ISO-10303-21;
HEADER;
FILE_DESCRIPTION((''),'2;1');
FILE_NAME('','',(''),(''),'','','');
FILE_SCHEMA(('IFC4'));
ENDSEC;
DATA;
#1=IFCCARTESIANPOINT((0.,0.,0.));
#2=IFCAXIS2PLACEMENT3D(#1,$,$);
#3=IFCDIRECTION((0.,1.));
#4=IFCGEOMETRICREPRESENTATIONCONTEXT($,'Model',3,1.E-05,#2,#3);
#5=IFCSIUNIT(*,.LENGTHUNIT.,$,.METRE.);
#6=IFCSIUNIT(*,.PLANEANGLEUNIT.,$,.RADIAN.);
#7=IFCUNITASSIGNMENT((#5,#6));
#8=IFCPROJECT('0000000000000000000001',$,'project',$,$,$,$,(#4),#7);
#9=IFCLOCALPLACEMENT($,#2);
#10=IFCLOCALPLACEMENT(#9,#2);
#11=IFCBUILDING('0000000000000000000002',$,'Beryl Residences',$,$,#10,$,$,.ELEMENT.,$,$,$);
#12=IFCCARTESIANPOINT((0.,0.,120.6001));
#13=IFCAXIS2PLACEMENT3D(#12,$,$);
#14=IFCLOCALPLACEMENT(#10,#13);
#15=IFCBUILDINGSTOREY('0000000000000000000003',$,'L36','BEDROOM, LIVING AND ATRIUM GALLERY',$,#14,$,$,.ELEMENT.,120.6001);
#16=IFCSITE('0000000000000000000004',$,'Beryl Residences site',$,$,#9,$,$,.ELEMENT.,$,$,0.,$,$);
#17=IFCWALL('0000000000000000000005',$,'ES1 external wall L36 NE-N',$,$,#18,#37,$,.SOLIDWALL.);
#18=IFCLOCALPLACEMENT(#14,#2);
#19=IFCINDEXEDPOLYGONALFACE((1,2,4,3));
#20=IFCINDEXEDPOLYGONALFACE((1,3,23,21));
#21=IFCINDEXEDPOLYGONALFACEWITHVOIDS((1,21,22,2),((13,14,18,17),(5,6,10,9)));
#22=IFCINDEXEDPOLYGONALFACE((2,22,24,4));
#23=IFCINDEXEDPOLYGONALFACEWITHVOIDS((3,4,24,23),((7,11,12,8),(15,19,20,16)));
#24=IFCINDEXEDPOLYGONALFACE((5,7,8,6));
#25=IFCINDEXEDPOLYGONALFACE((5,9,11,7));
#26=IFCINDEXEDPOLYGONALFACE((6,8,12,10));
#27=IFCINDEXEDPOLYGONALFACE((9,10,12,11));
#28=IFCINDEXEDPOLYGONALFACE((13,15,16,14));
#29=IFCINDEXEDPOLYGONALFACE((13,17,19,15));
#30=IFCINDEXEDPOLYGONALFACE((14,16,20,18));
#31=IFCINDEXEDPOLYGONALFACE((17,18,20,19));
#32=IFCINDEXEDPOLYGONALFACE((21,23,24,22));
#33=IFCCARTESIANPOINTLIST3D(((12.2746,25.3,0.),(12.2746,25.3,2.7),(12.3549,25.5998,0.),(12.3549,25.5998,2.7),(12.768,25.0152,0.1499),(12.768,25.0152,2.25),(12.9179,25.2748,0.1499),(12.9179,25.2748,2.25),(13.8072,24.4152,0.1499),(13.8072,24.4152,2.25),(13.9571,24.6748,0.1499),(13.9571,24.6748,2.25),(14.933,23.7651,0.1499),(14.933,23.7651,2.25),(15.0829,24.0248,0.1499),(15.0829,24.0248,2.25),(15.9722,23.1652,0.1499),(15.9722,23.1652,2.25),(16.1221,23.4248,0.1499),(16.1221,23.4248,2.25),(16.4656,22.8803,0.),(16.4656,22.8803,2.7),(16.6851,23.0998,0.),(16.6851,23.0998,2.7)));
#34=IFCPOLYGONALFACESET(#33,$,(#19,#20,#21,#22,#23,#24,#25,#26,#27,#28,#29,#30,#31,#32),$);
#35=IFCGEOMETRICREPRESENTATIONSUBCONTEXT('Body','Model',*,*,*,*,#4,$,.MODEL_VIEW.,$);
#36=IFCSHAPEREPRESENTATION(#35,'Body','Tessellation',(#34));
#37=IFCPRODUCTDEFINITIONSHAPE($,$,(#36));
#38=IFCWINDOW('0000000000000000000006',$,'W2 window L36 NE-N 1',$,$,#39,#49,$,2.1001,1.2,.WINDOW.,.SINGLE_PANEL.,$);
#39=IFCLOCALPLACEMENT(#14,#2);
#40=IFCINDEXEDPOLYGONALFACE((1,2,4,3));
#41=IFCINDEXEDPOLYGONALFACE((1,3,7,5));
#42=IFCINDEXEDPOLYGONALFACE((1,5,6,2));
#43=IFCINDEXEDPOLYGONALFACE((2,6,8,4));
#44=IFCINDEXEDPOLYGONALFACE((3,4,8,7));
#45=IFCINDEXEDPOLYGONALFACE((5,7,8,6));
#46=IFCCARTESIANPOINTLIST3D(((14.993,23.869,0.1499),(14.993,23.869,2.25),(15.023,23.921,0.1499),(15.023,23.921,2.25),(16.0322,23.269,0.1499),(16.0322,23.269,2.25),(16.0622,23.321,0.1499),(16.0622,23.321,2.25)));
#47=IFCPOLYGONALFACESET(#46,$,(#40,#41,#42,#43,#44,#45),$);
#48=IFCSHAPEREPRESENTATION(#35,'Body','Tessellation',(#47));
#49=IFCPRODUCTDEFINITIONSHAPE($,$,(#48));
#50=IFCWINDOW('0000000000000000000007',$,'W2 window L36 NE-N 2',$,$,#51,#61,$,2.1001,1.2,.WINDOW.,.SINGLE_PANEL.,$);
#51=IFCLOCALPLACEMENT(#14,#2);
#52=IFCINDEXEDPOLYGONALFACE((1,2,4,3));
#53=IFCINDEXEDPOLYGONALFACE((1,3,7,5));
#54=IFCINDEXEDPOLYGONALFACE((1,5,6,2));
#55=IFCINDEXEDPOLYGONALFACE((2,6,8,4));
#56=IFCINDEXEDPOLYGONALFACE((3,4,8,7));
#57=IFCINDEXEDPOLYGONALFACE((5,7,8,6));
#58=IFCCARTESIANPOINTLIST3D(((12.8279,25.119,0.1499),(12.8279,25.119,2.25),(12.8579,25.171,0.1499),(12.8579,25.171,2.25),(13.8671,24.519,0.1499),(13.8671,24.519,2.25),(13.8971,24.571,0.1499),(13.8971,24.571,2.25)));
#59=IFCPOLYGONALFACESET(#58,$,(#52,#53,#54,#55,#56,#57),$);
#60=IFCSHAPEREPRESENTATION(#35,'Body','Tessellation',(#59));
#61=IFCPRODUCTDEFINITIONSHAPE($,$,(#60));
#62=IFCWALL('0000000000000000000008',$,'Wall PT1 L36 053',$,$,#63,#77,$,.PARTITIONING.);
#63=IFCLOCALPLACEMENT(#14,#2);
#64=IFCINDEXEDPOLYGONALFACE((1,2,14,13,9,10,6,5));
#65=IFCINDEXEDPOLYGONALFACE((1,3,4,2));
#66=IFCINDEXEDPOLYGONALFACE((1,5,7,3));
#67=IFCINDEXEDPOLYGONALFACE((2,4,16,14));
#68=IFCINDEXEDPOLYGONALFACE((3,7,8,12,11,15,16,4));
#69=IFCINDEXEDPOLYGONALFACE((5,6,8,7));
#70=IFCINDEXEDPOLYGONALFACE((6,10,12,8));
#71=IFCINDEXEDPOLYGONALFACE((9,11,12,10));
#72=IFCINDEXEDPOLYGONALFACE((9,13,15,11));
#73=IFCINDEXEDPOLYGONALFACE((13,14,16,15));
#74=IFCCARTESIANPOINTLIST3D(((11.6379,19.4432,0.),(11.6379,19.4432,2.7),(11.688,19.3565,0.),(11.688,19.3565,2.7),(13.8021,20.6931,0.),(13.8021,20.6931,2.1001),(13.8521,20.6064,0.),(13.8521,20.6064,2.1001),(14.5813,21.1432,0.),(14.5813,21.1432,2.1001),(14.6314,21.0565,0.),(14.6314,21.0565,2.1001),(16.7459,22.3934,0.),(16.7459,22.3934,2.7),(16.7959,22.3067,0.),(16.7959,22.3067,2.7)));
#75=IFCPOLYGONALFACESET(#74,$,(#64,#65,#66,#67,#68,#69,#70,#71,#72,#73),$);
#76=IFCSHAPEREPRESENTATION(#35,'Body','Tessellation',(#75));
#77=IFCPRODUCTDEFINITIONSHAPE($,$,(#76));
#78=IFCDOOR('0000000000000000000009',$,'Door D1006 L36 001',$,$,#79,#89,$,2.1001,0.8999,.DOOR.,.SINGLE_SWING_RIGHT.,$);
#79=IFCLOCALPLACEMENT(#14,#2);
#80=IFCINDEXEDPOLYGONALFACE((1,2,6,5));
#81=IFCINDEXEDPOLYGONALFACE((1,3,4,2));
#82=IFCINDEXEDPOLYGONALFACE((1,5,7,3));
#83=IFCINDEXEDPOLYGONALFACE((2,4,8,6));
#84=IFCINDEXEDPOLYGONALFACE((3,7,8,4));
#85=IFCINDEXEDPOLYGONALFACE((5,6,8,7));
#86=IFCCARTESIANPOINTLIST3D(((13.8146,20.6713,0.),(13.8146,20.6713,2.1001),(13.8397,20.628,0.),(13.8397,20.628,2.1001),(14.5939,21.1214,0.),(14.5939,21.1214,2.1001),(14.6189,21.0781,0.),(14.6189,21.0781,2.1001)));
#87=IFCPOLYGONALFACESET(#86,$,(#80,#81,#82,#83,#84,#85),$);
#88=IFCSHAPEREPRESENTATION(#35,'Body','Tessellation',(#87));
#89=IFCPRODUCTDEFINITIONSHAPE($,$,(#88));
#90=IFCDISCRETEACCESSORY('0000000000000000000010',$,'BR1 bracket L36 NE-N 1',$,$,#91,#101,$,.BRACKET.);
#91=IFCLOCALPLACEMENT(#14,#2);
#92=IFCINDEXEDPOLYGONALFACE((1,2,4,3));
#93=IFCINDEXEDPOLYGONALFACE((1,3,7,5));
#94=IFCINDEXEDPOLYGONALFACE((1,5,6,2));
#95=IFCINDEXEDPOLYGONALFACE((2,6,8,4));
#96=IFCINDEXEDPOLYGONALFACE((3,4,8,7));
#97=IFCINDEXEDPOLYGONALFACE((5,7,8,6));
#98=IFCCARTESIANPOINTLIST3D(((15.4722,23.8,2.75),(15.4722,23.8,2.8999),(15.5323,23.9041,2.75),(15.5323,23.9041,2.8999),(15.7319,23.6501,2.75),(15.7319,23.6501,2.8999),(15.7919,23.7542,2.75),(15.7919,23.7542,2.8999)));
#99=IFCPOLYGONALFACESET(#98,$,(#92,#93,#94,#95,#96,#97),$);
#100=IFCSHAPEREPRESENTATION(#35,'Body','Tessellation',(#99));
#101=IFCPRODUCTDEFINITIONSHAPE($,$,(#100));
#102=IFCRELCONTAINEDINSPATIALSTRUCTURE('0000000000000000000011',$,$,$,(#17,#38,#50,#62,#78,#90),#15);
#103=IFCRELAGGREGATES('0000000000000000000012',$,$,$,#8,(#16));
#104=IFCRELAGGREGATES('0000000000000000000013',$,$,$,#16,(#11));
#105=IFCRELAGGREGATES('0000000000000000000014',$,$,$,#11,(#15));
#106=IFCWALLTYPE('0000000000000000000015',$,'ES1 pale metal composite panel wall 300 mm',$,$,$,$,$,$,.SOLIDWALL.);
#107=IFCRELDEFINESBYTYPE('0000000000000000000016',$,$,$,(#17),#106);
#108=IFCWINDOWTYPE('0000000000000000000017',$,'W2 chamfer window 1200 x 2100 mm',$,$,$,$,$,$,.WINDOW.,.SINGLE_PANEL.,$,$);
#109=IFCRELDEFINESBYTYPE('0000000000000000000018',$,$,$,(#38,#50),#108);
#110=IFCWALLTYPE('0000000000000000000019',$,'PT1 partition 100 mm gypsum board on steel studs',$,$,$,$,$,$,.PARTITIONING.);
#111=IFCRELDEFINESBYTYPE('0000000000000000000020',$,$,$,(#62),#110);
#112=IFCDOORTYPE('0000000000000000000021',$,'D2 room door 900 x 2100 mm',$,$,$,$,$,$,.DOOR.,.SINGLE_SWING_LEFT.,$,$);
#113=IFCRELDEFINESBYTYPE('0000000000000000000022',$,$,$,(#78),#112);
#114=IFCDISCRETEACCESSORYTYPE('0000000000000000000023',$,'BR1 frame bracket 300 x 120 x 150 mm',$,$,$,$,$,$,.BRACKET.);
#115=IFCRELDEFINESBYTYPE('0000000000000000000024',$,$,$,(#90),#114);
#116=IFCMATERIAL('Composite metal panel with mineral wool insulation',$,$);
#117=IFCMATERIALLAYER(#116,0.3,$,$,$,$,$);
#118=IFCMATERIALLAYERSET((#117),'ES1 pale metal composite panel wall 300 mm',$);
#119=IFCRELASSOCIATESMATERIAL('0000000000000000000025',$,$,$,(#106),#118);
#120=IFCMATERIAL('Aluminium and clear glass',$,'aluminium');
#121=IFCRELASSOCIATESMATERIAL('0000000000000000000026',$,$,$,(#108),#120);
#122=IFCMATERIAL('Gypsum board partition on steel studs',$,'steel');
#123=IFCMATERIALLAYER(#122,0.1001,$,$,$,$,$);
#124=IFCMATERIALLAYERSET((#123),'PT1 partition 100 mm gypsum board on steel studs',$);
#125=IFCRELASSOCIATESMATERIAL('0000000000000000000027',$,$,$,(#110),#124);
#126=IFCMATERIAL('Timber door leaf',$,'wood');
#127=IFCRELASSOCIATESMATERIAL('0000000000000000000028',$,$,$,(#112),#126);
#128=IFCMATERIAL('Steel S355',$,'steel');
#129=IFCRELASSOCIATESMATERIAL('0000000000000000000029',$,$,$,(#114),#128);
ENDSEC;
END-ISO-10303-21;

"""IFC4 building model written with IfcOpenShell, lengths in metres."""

from ifc_helpers import new_model, si_unit, direction, frame, frame_2d, origin, place, context, subcontext, project, spatial, polyline, rectangle, outline, extrude, source, transform, mapped, material, layer, layer_set, type_object, type_shapes, element, fill, save


model = new_model("IFC4")

# Units and contexts
model_context = context("Model", 3, precision=1e-05, world=origin(), true_north=direction((0.0, 1.0)))
body_context = subcontext(model_context, "Body", "Model", "MODEL_VIEW")
ifc_project = project(units=[si_unit("LENGTHUNIT", "METRE"), si_unit("PLANEANGLEUNIT", "RADIAN")], contexts=[model_context])

# Site, building, storey
site_placement = place(None, origin())
site = spatial("IfcSite", under=ifc_project, at=site_placement, Name="Beryl Residences site", CompositionType="ELEMENT", RefElevation=0.0)
building_placement = place(site_placement, origin())
building = spatial("IfcBuilding", under=site, at=building_placement, Name="Beryl Residences", CompositionType="ELEMENT")
storey_placement = place(building_placement, frame((0.0, 0.0, 120.6001)))
storey = spatial("IfcBuildingStorey", under=building, at=storey_placement, Name="L36", Description="BEDROOM, LIVING AND ATRIUM GALLERY", CompositionType="ELEMENT", Elevation=120.6001)

# Wall, openings, windows
ifc_material_1 = material(Name="Composite metal panel with mineral wool insulation")
ifc_layer_1 = layer(ifc_material_1, 0.3)
ifc_layer_set_1 = layer_set([ifc_layer_1], Name="ES1 pale metal composite panel wall 300 mm")
wall_type_1 = type_object("IfcWallType", Name="ES1 pale metal composite panel wall 300 mm", PredefinedType="SOLIDWALL", material=ifc_layer_set_1)
wall_1_placement = place(storey_placement, frame((16.6101, 22.97, 0.0), z_axis=(0.0, 0.0, 1.0), x_axis=(-0.866023, 0.500004, 0.0)))
wall_1 = element("IfcWall", 1, at=wall_1_placement, inside=storey, type_object=wall_type_1, Name="ES1 external wall L36 NE-N", PredefinedType="SOLIDWALL", context=body_context, shape_type="SweptSolid", body=[
    extrude(outline(polyline([(0.0, -0.1499), (5.0, -0.1499), (4.9197, 0.1499), (0.0803, 0.1499), (0.0, -0.1499)])), origin(), (0.0, 0.0, 1.0), 2.7),
])
opening_1_placement = place(wall_1_placement, frame((0.6499, 0.0, 0.1499)))
opening_1 = element("IfcOpeningElement", 2, at=opening_1_placement, cuts=wall_1, PredefinedType="OPENING", context=body_context, shape_type="SweptSolid", body=[
    extrude(rectangle(XDim=1.2, YDim=2.1001, at=frame_2d((0.6001, 1.05))), frame((0.0, 0.1599, 0.0), z_axis=(0.0, -1.0, 0.0), x_axis=(1.0, 0.0, 0.0)), (0.0, 0.0, 1.0), 0.3201),
])
opening_2_placement = place(wall_1_placement, frame((3.1499, 0.0, 0.1499)))
opening_2 = element("IfcOpeningElement", 3, at=opening_2_placement, cuts=wall_1, PredefinedType="OPENING", context=body_context, shape_type="SweptSolid", body=[
    extrude(rectangle(XDim=1.2, YDim=2.1001, at=frame_2d((0.6001, 1.05))), frame((0.0, 0.1599, 0.0), z_axis=(0.0, -1.0, 0.0), x_axis=(1.0, 0.0, 0.0)), (0.0, 0.0, 1.0), 0.3201),
])
ifc_material_2 = material(Name="Aluminium and clear glass", Category="aluminium")
window_type_1 = type_object("IfcWindowType", Name="W2 chamfer window 1200 x 2100 mm", PartitioningType="SINGLE_PANEL", PredefinedType="WINDOW", material=ifc_material_2)
window_1_placement = place(opening_1_placement, origin())
window_1 = element("IfcWindow", 4, at=window_1_placement, inside=storey, type_object=window_type_1, Name="W2 window L36 NE-N 1", OverallHeight=2.1001, OverallWidth=1.2, PartitioningType="SINGLE_PANEL", PredefinedType="WINDOW", context=body_context, shape_type="SweptSolid", body=[
    extrude(rectangle(XDim=1.2, YDim=2.1001, at=frame_2d((0.6001, 1.05))), frame((0.0, 0.03, 0.0), z_axis=(0.0, -1.0, 0.0), x_axis=(1.0, 0.0, 0.0)), (0.0, 0.0, 1.0), 0.0601),
])
fill(opening_1, window_1)
window_2_placement = place(opening_2_placement, origin())
window_2 = element("IfcWindow", 5, at=window_2_placement, inside=storey, type_object=window_type_1, Name="W2 window L36 NE-N 2", OverallHeight=2.1001, OverallWidth=1.2, PartitioningType="SINGLE_PANEL", PredefinedType="WINDOW", context=body_context, shape_type="SweptSolid", body=[
    extrude(rectangle(XDim=1.2, YDim=2.1001, at=frame_2d((0.6001, 1.05))), frame((0.0, 0.03, 0.0), z_axis=(0.0, -1.0, 0.0), x_axis=(1.0, 0.0, 0.0)), (0.0, 0.0, 1.0), 0.0601),
])
fill(opening_2, window_2)

# Wall, opening, door
ifc_material_3 = material(Name="Gypsum board partition on steel studs", Category="steel")
ifc_layer_2 = layer(ifc_material_3, 0.1001)
ifc_layer_set_2 = layer_set([ifc_layer_2], Name="PT1 partition 100 mm gypsum board on steel studs")
wall_type_2 = type_object("IfcWallType", Name="PT1 partition 100 mm gypsum board on steel studs", PredefinedType="PARTITIONING", material=ifc_layer_set_2)
wall_2_placement = place(storey_placement, frame((11.6631, 19.3999, 0.0), z_axis=(0.0, 0.0, 1.0), x_axis=(0.865942, 0.500145, 0.0)))
wall_2 = element("IfcWall", 6, at=wall_2_placement, inside=storey, type_object=wall_type_2, Name="Wall PT1 L36 053", PredefinedType="PARTITIONING", context=body_context, shape_type="SweptSolid", body=[
    extrude(rectangle(XDim=5.8987, YDim=0.1001, at=frame_2d((2.9492, 0.0))), origin(), (0.0, 0.0, 1.0), 2.7),
])
opening_3_placement = place(wall_2_placement, frame((2.499, 0.0, 0.0)))
opening_3 = element("IfcOpeningElement", 7, at=opening_3_placement, cuts=wall_2, PredefinedType="OPENING", context=body_context, shape_type="SweptSolid", body=[
    extrude(rectangle(XDim=0.8999, YDim=2.1001, at=frame_2d((0.45, 1.05))), frame((0.0, 0.0601, 0.0), z_axis=(0.0, -1.0, 0.0), x_axis=(1.0, 0.0, 0.0)), (0.0, 0.0, 1.0), 0.1201),
])
ifc_material_4 = material(Name="Timber door leaf", Category="wood")
door_type = type_object("IfcDoorType", Name="D2 room door 900 x 2100 mm", OperationType="SINGLE_SWING_LEFT", PredefinedType="DOOR", material=ifc_material_4)
door_placement = place(opening_3_placement, origin())
door = element("IfcDoor", 8, at=door_placement, inside=storey, type_object=door_type, Name="Door D1006 L36 001", OperationType="SINGLE_SWING_RIGHT", OverallHeight=2.1001, OverallWidth=0.8999, PredefinedType="DOOR", context=body_context, shape_type="SweptSolid", body=[
    extrude(rectangle(XDim=0.8999, YDim=2.1001, at=frame_2d((0.45, 1.05))), frame((0.0, 0.0249, 0.0), z_axis=(0.0, -1.0, 0.0), x_axis=(1.0, 0.0, 0.0)), (0.0, 0.0, 1.0), 0.05),
])
fill(opening_3, door)

# Discrete accessory
ifc_material_5 = material(Name="Steel S355", Category="steel")
discrete_accessory_type = type_object("IfcDiscreteAccessoryType", Name="BR1 frame bracket 300 x 120 x 150 mm", PredefinedType="BRACKET", material=ifc_material_5)
shared_shape_1 = source(origin(), body_context, "Body", "SweptSolid", [
    extrude(outline(polyline([(-0.1499, 0.0), (0.1499, 0.0), (0.1499, 0.1201), (-0.1499, 0.1201), (-0.1499, 0.0)])), origin(), (0.0, 0.0, 1.0), 0.1499),
])
type_shapes(discrete_accessory_type, [shared_shape_1])
discrete_accessory_placement = place(storey_placement, frame((15.6021, 23.7251, 2.75), z_axis=(0.0, 0.0, 1.0), x_axis=(0.866025, -0.5, 0.0)))
element("IfcDiscreteAccessory", 9, at=discrete_accessory_placement, inside=storey, type_object=discrete_accessory_type, Name="BR1 bracket L36 NE-N 1", PredefinedType="BRACKET", context=body_context, shape_type="MappedRepresentation", body=[
    mapped(shared_shape_1, transform((0.0, 0.0, 0.0))),
])

save(model, "model.ifc")
